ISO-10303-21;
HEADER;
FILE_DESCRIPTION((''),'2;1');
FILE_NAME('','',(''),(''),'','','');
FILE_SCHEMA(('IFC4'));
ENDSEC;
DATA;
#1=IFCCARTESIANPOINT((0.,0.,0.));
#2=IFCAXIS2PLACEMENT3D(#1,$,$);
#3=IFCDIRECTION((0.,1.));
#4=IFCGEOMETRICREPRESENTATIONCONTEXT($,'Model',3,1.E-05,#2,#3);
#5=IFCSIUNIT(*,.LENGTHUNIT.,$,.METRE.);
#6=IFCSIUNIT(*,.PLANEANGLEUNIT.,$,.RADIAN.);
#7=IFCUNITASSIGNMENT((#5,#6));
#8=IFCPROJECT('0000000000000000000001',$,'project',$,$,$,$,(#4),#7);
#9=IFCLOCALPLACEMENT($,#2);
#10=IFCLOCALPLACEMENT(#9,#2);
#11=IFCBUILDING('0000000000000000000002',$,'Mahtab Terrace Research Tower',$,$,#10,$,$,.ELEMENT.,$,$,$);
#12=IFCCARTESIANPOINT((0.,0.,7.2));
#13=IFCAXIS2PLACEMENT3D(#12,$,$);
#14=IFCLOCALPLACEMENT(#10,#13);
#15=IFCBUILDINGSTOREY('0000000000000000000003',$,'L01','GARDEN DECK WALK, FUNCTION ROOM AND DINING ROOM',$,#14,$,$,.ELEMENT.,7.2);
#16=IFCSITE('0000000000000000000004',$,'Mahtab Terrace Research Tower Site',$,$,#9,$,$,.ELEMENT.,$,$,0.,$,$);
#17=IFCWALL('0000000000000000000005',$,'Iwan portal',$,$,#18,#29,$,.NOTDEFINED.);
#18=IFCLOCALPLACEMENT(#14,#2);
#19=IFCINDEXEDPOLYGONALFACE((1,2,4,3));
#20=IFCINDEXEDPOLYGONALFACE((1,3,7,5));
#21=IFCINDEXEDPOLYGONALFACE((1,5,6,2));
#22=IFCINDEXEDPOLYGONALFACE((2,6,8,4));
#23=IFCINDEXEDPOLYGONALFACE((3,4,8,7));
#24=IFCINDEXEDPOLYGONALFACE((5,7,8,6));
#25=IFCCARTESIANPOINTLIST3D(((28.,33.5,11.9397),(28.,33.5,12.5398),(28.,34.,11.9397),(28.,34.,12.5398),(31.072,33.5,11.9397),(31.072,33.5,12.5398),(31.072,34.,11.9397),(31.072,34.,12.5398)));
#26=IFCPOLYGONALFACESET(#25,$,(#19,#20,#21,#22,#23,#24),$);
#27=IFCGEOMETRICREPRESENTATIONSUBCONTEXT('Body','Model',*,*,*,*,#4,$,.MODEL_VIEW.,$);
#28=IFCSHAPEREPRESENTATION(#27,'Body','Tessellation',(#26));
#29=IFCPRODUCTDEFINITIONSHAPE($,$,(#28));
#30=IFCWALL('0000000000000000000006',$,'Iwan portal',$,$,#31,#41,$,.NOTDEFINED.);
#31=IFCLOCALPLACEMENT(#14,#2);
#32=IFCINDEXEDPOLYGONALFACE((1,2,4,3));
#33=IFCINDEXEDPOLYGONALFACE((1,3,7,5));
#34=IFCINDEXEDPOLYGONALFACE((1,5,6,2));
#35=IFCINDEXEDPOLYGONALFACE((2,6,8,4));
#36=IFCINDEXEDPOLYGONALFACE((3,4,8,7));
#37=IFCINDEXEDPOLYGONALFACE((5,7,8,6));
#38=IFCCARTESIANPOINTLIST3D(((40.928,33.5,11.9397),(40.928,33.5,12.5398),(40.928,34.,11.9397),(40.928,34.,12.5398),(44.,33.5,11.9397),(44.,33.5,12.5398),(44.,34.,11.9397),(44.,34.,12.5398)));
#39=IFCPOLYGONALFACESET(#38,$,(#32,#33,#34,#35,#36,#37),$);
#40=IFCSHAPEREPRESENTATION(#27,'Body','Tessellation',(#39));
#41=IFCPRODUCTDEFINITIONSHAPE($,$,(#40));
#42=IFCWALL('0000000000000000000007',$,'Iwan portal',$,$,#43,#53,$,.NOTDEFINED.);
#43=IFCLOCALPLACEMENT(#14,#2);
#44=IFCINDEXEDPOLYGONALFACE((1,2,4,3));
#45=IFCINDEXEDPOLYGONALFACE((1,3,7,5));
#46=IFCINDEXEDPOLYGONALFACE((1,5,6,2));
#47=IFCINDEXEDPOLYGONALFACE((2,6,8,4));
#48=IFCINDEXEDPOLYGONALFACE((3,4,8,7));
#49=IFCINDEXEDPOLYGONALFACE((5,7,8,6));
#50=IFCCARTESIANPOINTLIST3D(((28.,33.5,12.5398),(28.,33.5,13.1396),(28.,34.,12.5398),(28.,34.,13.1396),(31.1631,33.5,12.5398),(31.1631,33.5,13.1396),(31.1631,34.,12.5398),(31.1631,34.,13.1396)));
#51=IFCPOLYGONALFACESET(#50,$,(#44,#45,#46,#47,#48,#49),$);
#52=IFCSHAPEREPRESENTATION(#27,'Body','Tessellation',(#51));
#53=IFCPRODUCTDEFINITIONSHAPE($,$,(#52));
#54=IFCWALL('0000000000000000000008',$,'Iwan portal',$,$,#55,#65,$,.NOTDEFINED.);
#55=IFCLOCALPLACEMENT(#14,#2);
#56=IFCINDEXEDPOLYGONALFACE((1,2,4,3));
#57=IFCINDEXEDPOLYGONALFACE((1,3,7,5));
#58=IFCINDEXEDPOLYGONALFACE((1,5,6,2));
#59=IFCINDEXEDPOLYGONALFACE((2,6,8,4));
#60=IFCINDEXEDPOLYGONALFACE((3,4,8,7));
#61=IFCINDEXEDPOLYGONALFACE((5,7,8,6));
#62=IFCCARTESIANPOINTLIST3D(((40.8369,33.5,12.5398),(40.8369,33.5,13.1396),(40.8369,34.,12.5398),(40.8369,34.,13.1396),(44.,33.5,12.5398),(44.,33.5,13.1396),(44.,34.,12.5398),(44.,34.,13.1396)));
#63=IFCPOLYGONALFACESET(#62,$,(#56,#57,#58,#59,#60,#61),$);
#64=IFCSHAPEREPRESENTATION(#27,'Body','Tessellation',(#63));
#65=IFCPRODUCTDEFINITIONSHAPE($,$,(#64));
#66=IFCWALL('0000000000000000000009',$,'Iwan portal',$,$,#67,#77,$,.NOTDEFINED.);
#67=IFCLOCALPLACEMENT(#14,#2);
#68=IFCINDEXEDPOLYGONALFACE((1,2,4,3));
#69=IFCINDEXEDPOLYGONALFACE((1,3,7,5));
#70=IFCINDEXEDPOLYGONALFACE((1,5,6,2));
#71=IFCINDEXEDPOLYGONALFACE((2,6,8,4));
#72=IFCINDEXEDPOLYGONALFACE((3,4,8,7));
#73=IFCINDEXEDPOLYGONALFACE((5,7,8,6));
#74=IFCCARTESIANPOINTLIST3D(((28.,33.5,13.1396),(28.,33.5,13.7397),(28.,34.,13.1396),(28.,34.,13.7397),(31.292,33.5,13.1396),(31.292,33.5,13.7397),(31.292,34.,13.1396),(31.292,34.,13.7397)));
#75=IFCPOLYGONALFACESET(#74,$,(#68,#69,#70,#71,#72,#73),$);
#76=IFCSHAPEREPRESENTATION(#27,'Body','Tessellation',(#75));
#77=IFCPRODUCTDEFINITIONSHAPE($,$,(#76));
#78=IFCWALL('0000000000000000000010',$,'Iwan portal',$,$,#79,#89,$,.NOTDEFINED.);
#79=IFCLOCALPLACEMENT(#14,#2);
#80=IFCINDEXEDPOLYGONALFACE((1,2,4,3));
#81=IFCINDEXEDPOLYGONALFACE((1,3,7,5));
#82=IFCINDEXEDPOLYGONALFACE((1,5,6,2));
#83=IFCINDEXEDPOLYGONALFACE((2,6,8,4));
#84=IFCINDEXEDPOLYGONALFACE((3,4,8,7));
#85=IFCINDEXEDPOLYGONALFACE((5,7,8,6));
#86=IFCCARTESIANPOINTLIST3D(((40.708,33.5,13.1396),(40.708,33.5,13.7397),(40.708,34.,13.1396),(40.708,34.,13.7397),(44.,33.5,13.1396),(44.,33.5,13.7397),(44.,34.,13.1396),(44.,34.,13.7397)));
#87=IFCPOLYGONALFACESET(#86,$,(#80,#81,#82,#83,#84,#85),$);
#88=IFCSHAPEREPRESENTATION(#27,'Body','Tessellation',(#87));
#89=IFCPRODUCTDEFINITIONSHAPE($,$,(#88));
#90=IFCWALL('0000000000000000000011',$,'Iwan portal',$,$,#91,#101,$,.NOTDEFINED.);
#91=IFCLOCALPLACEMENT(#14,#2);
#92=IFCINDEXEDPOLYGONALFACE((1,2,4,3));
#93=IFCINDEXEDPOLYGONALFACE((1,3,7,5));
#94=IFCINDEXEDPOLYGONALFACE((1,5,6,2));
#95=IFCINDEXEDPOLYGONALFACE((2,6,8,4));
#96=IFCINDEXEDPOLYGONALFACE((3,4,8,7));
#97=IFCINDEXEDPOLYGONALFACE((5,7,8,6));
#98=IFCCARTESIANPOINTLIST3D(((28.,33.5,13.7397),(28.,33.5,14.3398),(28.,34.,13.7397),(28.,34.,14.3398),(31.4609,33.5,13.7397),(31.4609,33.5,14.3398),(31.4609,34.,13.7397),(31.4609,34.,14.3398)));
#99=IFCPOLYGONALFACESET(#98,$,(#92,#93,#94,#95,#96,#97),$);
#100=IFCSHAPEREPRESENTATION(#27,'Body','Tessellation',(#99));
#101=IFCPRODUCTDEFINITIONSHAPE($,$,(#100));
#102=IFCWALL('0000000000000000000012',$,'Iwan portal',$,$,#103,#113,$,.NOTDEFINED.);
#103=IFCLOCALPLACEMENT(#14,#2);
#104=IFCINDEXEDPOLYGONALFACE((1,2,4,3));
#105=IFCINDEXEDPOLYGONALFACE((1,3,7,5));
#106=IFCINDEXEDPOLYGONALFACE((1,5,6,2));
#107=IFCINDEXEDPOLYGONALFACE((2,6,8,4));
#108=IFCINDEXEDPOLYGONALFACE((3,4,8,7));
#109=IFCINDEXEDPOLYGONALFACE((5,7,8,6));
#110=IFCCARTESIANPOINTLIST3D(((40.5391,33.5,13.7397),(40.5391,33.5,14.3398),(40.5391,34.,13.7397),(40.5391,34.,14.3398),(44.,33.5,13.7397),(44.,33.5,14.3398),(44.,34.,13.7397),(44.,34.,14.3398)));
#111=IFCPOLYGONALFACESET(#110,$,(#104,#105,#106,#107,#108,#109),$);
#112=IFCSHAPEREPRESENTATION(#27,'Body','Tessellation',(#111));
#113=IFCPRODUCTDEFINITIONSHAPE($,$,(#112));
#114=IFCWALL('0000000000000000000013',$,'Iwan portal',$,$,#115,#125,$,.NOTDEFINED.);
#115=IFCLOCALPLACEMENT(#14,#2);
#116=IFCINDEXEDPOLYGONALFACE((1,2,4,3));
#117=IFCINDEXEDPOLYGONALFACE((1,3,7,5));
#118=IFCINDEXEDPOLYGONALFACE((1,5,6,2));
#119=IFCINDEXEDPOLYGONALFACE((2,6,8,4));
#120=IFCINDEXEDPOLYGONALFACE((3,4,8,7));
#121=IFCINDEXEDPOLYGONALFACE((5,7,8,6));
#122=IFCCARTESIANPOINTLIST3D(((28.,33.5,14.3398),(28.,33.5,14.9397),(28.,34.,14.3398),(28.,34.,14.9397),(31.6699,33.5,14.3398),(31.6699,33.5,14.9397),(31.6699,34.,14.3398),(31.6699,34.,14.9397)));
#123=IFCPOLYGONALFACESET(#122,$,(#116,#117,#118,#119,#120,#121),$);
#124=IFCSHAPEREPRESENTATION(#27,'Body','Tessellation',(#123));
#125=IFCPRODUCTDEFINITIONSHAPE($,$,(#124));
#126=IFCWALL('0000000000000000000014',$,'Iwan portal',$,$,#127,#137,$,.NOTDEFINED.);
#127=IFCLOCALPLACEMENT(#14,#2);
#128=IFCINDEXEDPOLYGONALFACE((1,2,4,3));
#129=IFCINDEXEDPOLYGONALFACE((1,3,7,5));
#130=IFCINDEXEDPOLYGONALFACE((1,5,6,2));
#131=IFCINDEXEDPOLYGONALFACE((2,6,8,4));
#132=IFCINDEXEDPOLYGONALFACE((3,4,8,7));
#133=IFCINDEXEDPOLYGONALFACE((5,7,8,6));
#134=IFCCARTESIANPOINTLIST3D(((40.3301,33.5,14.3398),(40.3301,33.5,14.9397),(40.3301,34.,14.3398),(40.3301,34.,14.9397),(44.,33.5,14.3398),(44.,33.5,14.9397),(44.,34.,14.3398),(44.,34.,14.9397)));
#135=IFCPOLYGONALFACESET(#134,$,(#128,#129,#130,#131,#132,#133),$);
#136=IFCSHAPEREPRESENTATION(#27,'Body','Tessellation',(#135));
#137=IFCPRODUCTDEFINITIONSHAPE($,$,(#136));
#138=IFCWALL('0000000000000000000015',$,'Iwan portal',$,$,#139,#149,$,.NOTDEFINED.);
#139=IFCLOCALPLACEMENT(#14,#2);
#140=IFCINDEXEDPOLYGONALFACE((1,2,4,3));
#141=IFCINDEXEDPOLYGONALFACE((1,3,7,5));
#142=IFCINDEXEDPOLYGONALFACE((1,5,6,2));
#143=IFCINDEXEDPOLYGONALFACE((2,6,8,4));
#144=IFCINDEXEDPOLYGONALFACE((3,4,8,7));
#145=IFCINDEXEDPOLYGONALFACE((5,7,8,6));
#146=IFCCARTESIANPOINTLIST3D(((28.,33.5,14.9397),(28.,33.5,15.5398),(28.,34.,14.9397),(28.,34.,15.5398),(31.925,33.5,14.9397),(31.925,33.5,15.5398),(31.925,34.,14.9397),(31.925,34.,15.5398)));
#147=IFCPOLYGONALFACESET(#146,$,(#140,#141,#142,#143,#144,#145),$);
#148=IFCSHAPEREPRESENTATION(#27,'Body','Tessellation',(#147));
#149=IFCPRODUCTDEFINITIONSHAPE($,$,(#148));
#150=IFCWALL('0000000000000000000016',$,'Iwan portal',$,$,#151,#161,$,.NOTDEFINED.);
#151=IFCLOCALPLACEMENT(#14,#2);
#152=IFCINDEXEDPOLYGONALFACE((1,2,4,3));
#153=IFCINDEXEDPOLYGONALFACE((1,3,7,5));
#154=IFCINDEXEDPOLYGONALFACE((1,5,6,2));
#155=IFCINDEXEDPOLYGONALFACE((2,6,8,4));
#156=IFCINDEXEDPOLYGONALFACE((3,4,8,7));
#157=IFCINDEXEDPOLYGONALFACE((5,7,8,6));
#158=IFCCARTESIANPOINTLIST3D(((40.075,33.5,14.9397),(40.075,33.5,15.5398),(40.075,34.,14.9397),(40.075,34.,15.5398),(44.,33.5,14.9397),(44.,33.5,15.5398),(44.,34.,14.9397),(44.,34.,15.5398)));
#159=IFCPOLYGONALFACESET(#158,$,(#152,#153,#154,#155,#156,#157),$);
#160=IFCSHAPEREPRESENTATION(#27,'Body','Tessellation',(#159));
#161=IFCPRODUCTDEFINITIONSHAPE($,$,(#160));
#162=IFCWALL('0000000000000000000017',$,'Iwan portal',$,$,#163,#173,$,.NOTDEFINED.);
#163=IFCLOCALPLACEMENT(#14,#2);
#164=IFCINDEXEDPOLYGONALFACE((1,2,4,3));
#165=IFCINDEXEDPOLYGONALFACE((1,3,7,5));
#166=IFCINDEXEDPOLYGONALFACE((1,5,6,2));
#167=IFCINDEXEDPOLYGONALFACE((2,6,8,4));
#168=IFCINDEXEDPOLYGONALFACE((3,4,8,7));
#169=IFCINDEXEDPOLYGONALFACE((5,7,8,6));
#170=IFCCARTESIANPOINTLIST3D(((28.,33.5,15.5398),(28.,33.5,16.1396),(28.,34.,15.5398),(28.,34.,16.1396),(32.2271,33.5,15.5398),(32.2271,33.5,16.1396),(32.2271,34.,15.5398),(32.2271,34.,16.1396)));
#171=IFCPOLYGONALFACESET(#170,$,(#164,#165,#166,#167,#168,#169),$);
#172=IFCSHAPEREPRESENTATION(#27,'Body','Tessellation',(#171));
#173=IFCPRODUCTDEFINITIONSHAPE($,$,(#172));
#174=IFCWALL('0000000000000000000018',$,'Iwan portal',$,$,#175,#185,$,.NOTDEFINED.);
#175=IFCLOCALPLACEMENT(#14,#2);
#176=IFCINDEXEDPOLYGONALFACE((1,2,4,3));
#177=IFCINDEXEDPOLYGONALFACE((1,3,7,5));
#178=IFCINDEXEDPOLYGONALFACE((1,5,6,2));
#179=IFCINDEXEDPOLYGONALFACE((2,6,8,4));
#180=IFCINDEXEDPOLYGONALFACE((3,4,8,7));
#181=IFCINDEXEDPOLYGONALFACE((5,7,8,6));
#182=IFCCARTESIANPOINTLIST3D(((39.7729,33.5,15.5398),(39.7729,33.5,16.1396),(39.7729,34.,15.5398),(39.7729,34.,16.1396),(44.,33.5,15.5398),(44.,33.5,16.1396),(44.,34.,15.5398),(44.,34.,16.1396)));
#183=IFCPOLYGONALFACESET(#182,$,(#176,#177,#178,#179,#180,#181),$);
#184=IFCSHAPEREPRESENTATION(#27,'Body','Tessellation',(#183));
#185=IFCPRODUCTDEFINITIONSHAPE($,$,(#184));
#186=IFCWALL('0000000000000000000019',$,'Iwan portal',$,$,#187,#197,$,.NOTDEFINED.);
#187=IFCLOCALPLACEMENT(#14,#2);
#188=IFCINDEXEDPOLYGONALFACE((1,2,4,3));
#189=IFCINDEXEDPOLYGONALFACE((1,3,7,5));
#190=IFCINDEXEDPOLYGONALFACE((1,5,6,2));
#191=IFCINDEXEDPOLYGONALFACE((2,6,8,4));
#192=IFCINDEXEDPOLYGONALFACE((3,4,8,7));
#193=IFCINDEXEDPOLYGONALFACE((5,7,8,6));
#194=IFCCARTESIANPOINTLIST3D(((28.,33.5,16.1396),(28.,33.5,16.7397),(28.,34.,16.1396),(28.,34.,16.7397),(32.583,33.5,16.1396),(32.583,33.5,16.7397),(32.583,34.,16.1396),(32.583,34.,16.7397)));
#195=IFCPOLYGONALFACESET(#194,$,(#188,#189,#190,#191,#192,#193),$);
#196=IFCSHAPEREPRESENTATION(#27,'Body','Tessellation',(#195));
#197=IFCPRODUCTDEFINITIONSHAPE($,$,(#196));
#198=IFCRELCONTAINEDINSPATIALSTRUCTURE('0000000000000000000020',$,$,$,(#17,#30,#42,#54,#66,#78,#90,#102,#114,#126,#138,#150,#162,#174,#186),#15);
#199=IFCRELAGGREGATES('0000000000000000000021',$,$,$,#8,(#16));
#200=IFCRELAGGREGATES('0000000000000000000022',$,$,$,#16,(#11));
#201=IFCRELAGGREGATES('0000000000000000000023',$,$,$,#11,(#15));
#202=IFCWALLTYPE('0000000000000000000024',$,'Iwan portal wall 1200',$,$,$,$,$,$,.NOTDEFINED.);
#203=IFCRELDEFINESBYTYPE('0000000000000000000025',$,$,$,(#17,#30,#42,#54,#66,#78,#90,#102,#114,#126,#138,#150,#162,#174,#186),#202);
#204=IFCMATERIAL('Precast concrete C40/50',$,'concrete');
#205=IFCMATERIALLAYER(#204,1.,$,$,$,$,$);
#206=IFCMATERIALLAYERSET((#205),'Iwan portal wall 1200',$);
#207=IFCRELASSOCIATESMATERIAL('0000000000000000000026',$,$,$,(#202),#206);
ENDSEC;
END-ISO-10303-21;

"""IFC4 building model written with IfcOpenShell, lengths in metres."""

from ifc_helpers import new_model, si_unit, direction, frame, origin, place, context, subcontext, project, spatial, polyline, outline, extrude, material, layer, layer_set, type_object, element, save


model = new_model("IFC4")

# Units and contexts
model_context = context("Model", 3, precision=1e-05, world=origin(), true_north=direction((0.0, 1.0)))
body_context = subcontext(model_context, "Body", "Model", "MODEL_VIEW")
ifc_project = project(units=[si_unit("LENGTHUNIT", "METRE"), si_unit("PLANEANGLEUNIT", "RADIAN")], contexts=[model_context])

# Site, building, storey
site_placement = place(None, origin())
site = spatial("IfcSite", under=ifc_project, at=site_placement, Name="Mahtab Terrace Research Tower Site", CompositionType="ELEMENT", RefElevation=0.0)
building_placement = place(site_placement, origin())
building = spatial("IfcBuilding", under=site, at=building_placement, Name="Mahtab Terrace Research Tower", CompositionType="ELEMENT")
storey_placement = place(building_placement, frame((0.0, 0.0, 7.2)))
storey = spatial("IfcBuildingStorey", under=building, at=storey_placement, Name="L01", Description="GARDEN DECK WALK, FUNCTION ROOM AND DINING ROOM", CompositionType="ELEMENT", Elevation=7.2)

# Walls
ifc_material = material(Name="Precast concrete C40/50", Category="concrete")
ifc_layer = layer(ifc_material, 1.0)
ifc_layer_set = layer_set([ifc_layer], Name="Iwan portal wall 1200")
wall_type = type_object("IfcWallType", Name="Iwan portal wall 1200", PredefinedType="NOTDEFINED", material=ifc_layer_set)
wall_1_placement = place(storey_placement, frame((0.0, 0.0, 11.9397)))
element("IfcWall", 1, at=wall_1_placement, inside=storey, type_object=wall_type, Name="Iwan portal", PredefinedType="NOTDEFINED", context=body_context, shape_type="SweptSolid", body=[
    extrude(outline(polyline([(28.0, 33.5), (31.072, 33.5), (31.072, 34.0), (28.0, 34.0), (28.0, 33.5)])), origin(), (0.0, 0.0, 1.0), 0.6001),
])
wall_2_placement = place(storey_placement, frame((0.0, 0.0, 11.9397)))
element("IfcWall", 2, at=wall_2_placement, inside=storey, type_object=wall_type, Name="Iwan portal", PredefinedType="NOTDEFINED", context=body_context, shape_type="SweptSolid", body=[
    extrude(outline(polyline([(40.928, 33.5), (44.0, 33.5), (44.0, 34.0), (40.928, 34.0), (40.928, 33.5)])), origin(), (0.0, 0.0, 1.0), 0.6001),
])
wall_3_placement = place(storey_placement, frame((0.0, 0.0, 12.5398)))
element("IfcWall", 3, at=wall_3_placement, inside=storey, type_object=wall_type, Name="Iwan portal", PredefinedType="NOTDEFINED", context=body_context, shape_type="SweptSolid", body=[
    extrude(outline(polyline([(28.0, 33.5), (31.1631, 33.5), (31.1631, 34.0), (28.0, 34.0), (28.0, 33.5)])), origin(), (0.0, 0.0, 1.0), 0.5999),
])
wall_4_placement = place(storey_placement, frame((0.0, 0.0, 12.5398)))
element("IfcWall", 4, at=wall_4_placement, inside=storey, type_object=wall_type, Name="Iwan portal", PredefinedType="NOTDEFINED", context=body_context, shape_type="SweptSolid", body=[
    extrude(outline(polyline([(40.8369, 33.5), (44.0, 33.5), (44.0, 34.0), (40.8369, 34.0), (40.8369, 33.5)])), origin(), (0.0, 0.0, 1.0), 0.5999),
])
wall_5_placement = place(storey_placement, frame((0.0, 0.0, 13.1396)))
element("IfcWall", 5, at=wall_5_placement, inside=storey, type_object=wall_type, Name="Iwan portal", PredefinedType="NOTDEFINED", context=body_context, shape_type="SweptSolid", body=[
    extrude(outline(polyline([(28.0, 33.5), (31.292, 33.5), (31.292, 34.0), (28.0, 34.0), (28.0, 33.5)])), origin(), (0.0, 0.0, 1.0), 0.6001),
])
wall_6_placement = place(storey_placement, frame((0.0, 0.0, 13.1396)))
element("IfcWall", 6, at=wall_6_placement, inside=storey, type_object=wall_type, Name="Iwan portal", PredefinedType="NOTDEFINED", context=body_context, shape_type="SweptSolid", body=[
    extrude(outline(polyline([(40.708, 33.5), (44.0, 33.5), (44.0, 34.0), (40.708, 34.0), (40.708, 33.5)])), origin(), (0.0, 0.0, 1.0), 0.6001),
])
wall_7_placement = place(storey_placement, frame((0.0, 0.0, 13.7397)))
element("IfcWall", 7, at=wall_7_placement, inside=storey, type_object=wall_type, Name="Iwan portal", PredefinedType="NOTDEFINED", context=body_context, shape_type="SweptSolid", body=[
    extrude(outline(polyline([(28.0, 33.5), (31.4609, 33.5), (31.4609, 34.0), (28.0, 34.0), (28.0, 33.5)])), origin(), (0.0, 0.0, 1.0), 0.6001),
])
wall_8_placement = place(storey_placement, frame((0.0, 0.0, 13.7397)))
element("IfcWall", 8, at=wall_8_placement, inside=storey, type_object=wall_type, Name="Iwan portal", PredefinedType="NOTDEFINED", context=body_context, shape_type="SweptSolid", body=[
    extrude(outline(polyline([(40.5391, 33.5), (44.0, 33.5), (44.0, 34.0), (40.5391, 34.0), (40.5391, 33.5)])), origin(), (0.0, 0.0, 1.0), 0.6001),
])
wall_9_placement = place(storey_placement, frame((0.0, 0.0, 14.3398)))
element("IfcWall", 9, at=wall_9_placement, inside=storey, type_object=wall_type, Name="Iwan portal", PredefinedType="NOTDEFINED", context=body_context, shape_type="SweptSolid", body=[
    extrude(outline(polyline([(28.0, 33.5), (31.6699, 33.5), (31.6699, 34.0), (28.0, 34.0), (28.0, 33.5)])), origin(), (0.0, 0.0, 1.0), 0.5999),
])
wall_10_placement = place(storey_placement, frame((0.0, 0.0, 14.3398)))
element("IfcWall", 10, at=wall_10_placement, inside=storey, type_object=wall_type, Name="Iwan portal", PredefinedType="NOTDEFINED", context=body_context, shape_type="SweptSolid", body=[
    extrude(outline(polyline([(40.3301, 33.5), (44.0, 33.5), (44.0, 34.0), (40.3301, 34.0), (40.3301, 33.5)])), origin(), (0.0, 0.0, 1.0), 0.5999),
])
wall_11_placement = place(storey_placement, frame((0.0, 0.0, 14.9397)))
element("IfcWall", 11, at=wall_11_placement, inside=storey, type_object=wall_type, Name="Iwan portal", PredefinedType="NOTDEFINED", context=body_context, shape_type="SweptSolid", body=[
    extrude(outline(polyline([(28.0, 33.5), (31.925, 33.5), (31.925, 34.0), (28.0, 34.0), (28.0, 33.5)])), origin(), (0.0, 0.0, 1.0), 0.6001),
])
wall_12_placement = place(storey_placement, frame((0.0, 0.0, 14.9397)))
element("IfcWall", 12, at=wall_12_placement, inside=storey, type_object=wall_type, Name="Iwan portal", PredefinedType="NOTDEFINED", context=body_context, shape_type="SweptSolid", body=[
    extrude(outline(polyline([(40.075, 33.5), (44.0, 33.5), (44.0, 34.0), (40.075, 34.0), (40.075, 33.5)])), origin(), (0.0, 0.0, 1.0), 0.6001),
])
wall_13_placement = place(storey_placement, frame((0.0, 0.0, 15.5398)))
element("IfcWall", 13, at=wall_13_placement, inside=storey, type_object=wall_type, Name="Iwan portal", PredefinedType="NOTDEFINED", context=body_context, shape_type="SweptSolid", body=[
    extrude(outline(polyline([(28.0, 33.5), (32.2271, 33.5), (32.2271, 34.0), (28.0, 34.0), (28.0, 33.5)])), origin(), (0.0, 0.0, 1.0), 0.5999),
])
wall_14_placement = place(storey_placement, frame((0.0, 0.0, 15.5398)))
element("IfcWall", 14, at=wall_14_placement, inside=storey, type_object=wall_type, Name="Iwan portal", PredefinedType="NOTDEFINED", context=body_context, shape_type="SweptSolid", body=[
    extrude(outline(polyline([(39.7729, 33.5), (44.0, 33.5), (44.0, 34.0), (39.7729, 34.0), (39.7729, 33.5)])), origin(), (0.0, 0.0, 1.0), 0.5999),
])
wall_15_placement = place(storey_placement, frame((0.0, 0.0, 16.1396)))
element("IfcWall", 15, at=wall_15_placement, inside=storey, type_object=wall_type, Name="Iwan portal", PredefinedType="NOTDEFINED", context=body_context, shape_type="SweptSolid", body=[
    extrude(outline(polyline([(28.0, 33.5), (32.583, 33.5), (32.583, 34.0), (28.0, 34.0), (28.0, 33.5)])), origin(), (0.0, 0.0, 1.0), 0.6001),
])

save(model, "model.ifc")
